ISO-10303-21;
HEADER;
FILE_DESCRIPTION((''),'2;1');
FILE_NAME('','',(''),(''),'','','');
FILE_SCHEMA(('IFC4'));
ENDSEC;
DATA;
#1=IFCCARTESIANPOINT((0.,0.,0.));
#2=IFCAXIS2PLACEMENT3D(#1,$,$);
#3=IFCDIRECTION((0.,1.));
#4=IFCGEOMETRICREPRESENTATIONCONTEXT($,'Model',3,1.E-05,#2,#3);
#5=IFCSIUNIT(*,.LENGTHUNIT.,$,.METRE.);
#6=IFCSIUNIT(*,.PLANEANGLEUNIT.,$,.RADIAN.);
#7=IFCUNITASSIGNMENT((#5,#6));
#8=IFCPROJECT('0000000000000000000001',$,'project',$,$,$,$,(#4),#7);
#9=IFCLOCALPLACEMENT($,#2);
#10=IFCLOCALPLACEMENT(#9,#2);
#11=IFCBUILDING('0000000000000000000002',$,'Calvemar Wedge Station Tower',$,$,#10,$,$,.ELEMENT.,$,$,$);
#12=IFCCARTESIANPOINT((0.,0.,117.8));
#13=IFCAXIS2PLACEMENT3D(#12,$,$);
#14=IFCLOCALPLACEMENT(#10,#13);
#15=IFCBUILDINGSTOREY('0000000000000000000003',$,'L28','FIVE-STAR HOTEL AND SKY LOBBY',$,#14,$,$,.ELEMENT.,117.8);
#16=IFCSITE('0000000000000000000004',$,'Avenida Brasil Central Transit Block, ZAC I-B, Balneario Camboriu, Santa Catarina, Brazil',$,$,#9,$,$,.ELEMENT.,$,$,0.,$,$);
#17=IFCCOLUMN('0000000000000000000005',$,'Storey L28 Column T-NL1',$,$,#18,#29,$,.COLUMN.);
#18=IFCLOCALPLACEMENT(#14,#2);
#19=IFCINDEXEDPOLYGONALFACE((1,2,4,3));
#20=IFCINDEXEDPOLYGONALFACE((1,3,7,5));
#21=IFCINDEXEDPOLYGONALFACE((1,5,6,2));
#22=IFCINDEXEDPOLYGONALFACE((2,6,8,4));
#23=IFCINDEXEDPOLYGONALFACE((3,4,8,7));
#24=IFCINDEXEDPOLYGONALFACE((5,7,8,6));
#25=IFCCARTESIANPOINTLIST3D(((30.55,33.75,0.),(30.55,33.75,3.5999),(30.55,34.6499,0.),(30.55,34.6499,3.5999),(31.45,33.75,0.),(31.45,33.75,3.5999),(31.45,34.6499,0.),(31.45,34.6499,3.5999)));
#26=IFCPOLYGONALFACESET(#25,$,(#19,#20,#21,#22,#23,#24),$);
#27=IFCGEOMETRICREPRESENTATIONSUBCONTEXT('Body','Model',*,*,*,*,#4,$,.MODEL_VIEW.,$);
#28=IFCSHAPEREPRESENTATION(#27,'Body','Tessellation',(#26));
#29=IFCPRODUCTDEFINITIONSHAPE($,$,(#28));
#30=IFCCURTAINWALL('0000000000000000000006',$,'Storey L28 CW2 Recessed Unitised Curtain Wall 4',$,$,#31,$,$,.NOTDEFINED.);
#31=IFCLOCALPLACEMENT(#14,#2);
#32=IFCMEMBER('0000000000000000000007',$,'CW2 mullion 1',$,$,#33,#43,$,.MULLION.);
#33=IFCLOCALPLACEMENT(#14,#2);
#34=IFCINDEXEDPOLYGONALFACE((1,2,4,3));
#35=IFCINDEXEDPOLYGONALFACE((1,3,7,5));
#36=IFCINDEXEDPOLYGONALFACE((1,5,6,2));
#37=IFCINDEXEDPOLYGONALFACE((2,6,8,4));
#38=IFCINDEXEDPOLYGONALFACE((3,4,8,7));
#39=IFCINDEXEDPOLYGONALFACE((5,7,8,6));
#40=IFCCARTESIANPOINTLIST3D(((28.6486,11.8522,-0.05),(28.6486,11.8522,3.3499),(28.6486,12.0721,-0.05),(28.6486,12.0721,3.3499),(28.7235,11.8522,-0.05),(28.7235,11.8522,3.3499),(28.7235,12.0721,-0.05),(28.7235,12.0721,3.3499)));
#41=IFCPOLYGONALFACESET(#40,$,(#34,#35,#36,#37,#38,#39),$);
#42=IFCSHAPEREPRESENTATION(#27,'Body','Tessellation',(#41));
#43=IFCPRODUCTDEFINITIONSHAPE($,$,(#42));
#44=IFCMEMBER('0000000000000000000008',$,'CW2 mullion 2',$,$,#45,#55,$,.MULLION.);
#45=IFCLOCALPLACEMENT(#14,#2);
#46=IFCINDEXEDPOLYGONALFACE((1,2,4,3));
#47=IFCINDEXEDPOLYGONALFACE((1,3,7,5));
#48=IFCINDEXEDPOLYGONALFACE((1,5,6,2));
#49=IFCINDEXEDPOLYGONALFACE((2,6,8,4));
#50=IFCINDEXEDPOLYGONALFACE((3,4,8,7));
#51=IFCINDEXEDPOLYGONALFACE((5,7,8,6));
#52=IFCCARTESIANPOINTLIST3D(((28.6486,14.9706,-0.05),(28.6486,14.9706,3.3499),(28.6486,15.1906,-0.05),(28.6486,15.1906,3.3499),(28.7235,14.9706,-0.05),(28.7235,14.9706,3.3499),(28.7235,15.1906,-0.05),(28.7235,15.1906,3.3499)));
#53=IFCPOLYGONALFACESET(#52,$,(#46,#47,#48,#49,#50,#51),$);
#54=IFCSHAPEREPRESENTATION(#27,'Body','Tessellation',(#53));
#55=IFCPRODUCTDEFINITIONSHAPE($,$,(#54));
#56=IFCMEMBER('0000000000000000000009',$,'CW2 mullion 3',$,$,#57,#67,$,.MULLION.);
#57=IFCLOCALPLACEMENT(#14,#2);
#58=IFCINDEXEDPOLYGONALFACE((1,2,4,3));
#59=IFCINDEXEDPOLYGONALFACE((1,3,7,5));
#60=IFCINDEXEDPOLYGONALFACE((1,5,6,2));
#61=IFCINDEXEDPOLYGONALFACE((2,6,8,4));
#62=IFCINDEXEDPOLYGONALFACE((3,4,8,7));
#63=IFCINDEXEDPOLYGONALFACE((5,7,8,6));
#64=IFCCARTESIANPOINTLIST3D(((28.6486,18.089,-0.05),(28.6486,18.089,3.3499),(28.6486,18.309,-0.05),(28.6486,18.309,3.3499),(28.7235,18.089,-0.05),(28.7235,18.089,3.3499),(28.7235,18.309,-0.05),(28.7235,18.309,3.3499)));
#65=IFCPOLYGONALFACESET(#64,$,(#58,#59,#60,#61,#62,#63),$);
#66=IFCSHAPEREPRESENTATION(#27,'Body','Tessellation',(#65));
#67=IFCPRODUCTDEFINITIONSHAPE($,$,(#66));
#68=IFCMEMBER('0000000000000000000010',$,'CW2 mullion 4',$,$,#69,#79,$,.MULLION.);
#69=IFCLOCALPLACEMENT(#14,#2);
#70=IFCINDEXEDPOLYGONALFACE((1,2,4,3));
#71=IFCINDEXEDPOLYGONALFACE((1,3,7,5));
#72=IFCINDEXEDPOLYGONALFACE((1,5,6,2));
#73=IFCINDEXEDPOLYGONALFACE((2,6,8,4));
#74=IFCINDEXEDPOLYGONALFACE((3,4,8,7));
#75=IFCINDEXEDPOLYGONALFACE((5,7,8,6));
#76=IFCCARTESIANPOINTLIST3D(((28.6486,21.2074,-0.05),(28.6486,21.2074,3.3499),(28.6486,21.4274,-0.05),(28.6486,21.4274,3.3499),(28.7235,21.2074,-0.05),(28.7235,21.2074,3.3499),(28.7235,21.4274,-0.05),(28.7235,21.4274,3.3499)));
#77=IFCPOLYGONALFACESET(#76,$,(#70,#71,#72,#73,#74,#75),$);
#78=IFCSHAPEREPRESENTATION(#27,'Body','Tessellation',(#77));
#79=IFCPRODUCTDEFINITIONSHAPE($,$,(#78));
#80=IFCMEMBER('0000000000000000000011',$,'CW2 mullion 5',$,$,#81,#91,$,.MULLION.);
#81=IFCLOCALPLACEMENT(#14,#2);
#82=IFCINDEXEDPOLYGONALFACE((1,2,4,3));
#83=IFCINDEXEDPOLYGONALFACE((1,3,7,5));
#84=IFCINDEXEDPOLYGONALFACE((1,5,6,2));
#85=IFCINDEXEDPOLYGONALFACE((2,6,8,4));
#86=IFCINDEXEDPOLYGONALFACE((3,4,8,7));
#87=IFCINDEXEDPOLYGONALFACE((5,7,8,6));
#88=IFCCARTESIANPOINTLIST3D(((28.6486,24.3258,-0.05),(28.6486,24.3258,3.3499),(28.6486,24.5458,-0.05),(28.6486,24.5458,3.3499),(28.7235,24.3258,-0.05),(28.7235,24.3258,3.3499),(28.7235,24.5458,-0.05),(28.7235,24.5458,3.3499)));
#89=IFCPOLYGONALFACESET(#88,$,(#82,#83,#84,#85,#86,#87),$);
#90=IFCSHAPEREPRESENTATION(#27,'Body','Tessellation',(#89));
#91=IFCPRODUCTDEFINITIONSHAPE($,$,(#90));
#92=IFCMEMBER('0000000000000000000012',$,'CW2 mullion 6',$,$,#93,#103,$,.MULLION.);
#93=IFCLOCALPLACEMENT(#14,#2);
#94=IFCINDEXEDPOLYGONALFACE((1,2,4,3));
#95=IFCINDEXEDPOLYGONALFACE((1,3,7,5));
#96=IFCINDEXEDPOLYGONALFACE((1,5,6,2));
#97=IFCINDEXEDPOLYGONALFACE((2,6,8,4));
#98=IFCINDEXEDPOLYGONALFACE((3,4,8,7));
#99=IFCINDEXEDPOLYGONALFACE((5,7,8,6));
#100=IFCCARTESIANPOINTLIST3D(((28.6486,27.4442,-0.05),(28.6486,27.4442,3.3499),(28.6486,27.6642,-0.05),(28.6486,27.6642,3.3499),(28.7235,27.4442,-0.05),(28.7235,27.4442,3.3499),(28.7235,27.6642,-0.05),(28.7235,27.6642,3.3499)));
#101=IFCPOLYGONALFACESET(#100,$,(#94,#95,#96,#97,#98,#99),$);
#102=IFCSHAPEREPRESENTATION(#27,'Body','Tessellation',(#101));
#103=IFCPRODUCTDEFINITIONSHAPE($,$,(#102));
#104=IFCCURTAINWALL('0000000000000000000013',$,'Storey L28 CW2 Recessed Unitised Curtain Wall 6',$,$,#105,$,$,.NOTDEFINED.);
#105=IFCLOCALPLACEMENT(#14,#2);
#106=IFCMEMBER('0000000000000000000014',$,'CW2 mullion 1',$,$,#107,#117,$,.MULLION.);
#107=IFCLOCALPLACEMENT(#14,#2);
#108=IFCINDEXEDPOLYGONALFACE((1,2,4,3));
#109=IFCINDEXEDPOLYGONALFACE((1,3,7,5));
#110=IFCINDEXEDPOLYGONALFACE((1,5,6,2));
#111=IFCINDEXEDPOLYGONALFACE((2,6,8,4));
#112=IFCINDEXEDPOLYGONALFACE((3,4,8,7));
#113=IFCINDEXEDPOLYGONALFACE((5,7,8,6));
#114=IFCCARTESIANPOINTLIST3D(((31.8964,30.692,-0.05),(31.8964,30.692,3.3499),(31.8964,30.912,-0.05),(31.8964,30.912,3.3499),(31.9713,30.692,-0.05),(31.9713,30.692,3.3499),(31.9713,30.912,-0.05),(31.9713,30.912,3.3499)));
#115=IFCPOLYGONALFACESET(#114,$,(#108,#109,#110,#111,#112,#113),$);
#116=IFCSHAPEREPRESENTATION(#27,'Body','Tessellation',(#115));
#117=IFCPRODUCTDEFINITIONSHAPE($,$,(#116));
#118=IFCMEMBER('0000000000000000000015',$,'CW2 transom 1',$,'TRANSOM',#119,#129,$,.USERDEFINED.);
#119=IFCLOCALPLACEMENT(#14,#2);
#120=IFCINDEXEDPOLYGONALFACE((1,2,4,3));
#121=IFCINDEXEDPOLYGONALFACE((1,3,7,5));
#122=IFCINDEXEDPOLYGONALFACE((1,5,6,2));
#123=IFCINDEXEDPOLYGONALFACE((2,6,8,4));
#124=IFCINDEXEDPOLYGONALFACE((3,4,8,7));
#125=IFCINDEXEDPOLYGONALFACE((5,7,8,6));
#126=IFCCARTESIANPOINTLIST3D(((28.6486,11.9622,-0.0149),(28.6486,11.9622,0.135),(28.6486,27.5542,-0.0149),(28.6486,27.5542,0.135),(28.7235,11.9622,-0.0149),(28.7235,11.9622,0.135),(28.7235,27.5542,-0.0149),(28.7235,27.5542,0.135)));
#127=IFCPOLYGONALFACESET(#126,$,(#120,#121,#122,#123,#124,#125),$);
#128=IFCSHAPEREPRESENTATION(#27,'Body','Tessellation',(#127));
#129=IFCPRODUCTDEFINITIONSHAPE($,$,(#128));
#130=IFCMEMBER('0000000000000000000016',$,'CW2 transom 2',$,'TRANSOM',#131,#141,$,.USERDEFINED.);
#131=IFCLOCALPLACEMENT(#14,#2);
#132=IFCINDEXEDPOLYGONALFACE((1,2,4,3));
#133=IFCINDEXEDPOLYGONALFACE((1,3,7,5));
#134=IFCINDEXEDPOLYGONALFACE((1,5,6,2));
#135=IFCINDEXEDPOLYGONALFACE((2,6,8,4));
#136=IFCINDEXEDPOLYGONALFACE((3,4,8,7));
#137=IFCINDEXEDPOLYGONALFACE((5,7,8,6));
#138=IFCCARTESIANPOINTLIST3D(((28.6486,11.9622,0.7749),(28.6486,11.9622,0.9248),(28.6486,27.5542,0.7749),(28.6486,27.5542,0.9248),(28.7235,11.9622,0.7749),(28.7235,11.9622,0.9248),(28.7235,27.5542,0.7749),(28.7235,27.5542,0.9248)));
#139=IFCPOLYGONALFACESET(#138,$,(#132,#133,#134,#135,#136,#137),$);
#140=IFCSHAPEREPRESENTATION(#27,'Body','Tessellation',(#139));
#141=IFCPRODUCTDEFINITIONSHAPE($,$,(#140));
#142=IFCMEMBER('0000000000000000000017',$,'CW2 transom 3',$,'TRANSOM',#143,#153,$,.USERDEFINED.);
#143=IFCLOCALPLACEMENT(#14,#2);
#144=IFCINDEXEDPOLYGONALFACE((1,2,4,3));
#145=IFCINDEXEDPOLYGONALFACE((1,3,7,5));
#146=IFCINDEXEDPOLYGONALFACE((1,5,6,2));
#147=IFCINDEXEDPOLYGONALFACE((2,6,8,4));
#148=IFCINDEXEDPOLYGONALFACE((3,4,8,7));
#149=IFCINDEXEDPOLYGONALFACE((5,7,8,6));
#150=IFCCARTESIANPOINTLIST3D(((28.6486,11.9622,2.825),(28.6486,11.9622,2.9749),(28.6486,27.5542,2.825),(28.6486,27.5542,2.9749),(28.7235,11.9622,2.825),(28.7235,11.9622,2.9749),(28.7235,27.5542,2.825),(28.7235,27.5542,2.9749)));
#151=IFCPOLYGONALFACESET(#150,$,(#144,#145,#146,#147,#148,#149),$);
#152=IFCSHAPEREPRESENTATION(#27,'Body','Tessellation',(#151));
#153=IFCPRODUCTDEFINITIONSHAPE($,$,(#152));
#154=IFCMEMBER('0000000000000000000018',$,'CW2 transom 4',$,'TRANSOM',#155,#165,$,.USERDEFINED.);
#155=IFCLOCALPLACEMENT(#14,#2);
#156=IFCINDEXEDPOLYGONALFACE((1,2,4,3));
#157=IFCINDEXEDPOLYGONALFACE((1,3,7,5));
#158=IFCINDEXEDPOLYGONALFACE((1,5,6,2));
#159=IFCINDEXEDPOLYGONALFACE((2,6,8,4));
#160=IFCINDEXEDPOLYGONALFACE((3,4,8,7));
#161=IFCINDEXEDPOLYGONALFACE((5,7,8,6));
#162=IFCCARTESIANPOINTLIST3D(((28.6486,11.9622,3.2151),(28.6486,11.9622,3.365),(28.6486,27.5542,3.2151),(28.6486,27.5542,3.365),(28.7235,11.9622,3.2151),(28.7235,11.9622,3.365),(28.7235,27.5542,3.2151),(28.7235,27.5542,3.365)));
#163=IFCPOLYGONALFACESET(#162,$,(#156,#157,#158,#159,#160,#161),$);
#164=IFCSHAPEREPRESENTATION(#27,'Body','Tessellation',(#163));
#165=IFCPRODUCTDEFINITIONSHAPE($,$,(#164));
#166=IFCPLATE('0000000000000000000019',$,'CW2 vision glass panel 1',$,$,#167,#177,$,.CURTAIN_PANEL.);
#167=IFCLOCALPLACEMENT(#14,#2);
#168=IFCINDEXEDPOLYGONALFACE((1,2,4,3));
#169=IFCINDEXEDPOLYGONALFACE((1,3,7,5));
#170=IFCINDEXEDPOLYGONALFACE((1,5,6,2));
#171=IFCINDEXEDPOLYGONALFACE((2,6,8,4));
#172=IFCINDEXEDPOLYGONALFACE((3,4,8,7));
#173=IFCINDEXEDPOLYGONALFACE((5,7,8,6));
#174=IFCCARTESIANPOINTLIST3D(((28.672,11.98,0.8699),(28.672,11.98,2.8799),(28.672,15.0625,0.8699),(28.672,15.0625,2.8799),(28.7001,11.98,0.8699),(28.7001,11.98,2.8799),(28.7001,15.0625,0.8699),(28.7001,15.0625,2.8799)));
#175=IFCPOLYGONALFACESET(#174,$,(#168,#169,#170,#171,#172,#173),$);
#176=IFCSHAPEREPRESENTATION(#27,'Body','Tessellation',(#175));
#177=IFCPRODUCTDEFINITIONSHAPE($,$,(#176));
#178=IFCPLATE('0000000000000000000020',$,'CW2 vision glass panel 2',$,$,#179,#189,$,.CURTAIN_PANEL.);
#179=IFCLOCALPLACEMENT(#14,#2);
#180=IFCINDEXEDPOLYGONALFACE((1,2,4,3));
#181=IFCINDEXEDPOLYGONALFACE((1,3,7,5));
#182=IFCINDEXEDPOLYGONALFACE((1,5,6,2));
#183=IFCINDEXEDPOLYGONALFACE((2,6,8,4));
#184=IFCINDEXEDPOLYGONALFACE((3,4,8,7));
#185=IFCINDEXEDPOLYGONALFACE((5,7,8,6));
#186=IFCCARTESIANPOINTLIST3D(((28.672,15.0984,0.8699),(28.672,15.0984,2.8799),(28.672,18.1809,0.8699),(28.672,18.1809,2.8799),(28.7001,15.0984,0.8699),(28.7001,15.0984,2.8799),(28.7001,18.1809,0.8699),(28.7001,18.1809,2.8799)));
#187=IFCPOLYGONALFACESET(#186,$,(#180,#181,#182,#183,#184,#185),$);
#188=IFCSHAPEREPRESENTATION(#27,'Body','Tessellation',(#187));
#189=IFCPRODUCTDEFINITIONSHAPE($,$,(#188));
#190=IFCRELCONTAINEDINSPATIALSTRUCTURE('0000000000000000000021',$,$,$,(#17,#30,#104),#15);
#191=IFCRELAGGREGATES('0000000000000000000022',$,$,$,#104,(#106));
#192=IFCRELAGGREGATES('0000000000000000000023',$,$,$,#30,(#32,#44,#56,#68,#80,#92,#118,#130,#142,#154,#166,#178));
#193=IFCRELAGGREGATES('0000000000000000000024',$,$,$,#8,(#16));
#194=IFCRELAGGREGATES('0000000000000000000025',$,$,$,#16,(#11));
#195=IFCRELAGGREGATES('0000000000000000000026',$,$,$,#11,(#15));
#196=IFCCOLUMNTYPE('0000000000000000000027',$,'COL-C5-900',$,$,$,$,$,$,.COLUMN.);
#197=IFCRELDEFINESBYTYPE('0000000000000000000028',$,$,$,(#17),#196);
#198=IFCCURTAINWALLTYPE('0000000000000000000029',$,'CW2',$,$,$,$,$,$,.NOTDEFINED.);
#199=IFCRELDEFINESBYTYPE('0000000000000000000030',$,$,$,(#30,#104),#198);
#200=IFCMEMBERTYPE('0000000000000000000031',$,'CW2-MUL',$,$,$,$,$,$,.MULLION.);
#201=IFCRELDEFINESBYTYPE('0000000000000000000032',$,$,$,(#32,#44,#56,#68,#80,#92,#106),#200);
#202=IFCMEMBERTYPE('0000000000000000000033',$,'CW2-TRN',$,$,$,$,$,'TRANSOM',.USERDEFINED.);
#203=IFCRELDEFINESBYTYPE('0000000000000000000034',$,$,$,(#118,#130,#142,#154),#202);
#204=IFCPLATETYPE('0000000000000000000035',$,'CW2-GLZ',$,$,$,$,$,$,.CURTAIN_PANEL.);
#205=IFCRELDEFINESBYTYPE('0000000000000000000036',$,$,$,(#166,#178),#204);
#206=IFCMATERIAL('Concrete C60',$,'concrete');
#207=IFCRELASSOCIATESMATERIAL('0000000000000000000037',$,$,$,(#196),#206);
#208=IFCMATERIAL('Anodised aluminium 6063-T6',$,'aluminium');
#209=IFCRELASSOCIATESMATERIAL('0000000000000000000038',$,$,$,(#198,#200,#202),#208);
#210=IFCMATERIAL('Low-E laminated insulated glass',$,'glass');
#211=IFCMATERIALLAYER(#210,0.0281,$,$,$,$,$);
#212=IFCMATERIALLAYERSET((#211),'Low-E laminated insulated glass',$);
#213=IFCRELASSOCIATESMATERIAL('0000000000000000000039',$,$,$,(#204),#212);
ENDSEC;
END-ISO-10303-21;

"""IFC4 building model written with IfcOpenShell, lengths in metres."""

from ifc_helpers import new_model, si_unit, direction, frame, frame_2d, origin, origin_2d, place, context, subcontext, project, spatial, rectangle, extrude, source, transform, mapped, material, layer, layer_set, material_profile, profile_set, type_object, element, aggregate, save


model = new_model("IFC4")

# Units and contexts
model_context = context("Model", 3, precision=1e-05, world=origin(), true_north=direction((0.0, 1.0)))
body_context = subcontext(model_context, "Body", "Model", "MODEL_VIEW")
ifc_project = project(units=[si_unit("LENGTHUNIT", "METRE"), si_unit("PLANEANGLEUNIT", "RADIAN")], contexts=[model_context])

# Site, building, storey
site_placement = place(None, origin())
site = spatial("IfcSite", under=ifc_project, at=site_placement, Name="Avenida Brasil Central Transit Block, ZAC I-B, Balneario Camboriu, Santa Catarina, Brazil", CompositionType="ELEMENT", RefElevation=0.0)
building_placement = place(site_placement, origin())
building = spatial("IfcBuilding", under=site, at=building_placement, Name="Calvemar Wedge Station Tower", CompositionType="ELEMENT")
storey_placement = place(building_placement, frame((0.0, 0.0, 117.8)))
storey = spatial("IfcBuildingStorey", under=building, at=storey_placement, Name="L28", Description="FIVE-STAR HOTEL AND SKY LOBBY", CompositionType="ELEMENT", Elevation=117.8)

# Column
ifc_material_1 = material(Name="Concrete C60", Category="concrete")
ifc_material_profile_1 = material_profile(ifc_material_1, rectangle(XDim=0.8999, YDim=0.8999, at=origin_2d()), Name="RC900x900")
ifc_profile_set_1 = profile_set([ifc_material_profile_1], Name="Concrete C60")
column_type = type_object("IfcColumnType", Name="COL-C5-900", PredefinedType="COLUMN", material=ifc_profile_set_1)
shared_shape_1 = source(origin(), body_context, "Body", "SweptSolid", [
    extrude(rectangle(XDim=0.8999, YDim=0.8999, at=origin_2d()), origin(), (0.0, 0.0, 1.0), 3.5999),
])
column_placement = place(storey_placement, frame((31.0, 34.2, 0.0), z_axis=(0.0, 0.0, 1.0), x_axis=(1.0, 0.0, 0.0)))
element("IfcColumn", 1, at=column_placement, inside=storey, type_object=column_type, Name="Storey L28 Column T-NL1", PredefinedType="COLUMN", context=body_context, shape_type="MappedRepresentation", body=[
    mapped(shared_shape_1, transform((0.0, 0.0, 0.0), scale=1.0)),
])

# Curtain wall, members
ifc_material_2 = material(Name="Anodised aluminium 6063-T6", Category="aluminium")
curtain_wall_type = type_object("IfcCurtainWallType", Name="CW2", PredefinedType="NOTDEFINED", material=ifc_material_2)
curtain_wall_1_placement = place(storey_placement, origin())
curtain_wall_1 = element("IfcCurtainWall", 2, at=curtain_wall_1_placement, inside=storey, type_object=curtain_wall_type, Name="Storey L28 CW2 Recessed Unitised Curtain Wall 4", PredefinedType="NOTDEFINED")
ifc_material_profile_2 = material_profile(ifc_material_2, rectangle(XDim=0.075, YDim=0.22, at=origin_2d()), Name="AL-MUL-75x220")
ifc_profile_set_2 = profile_set([ifc_material_profile_2], Name="Anodised aluminium 6063-T6")
member_type_1 = type_object("IfcMemberType", Name="CW2-MUL", PredefinedType="MULLION", material=ifc_profile_set_2)
shared_shape_2 = source(origin(), body_context, "Body", "SweptSolid", [
    extrude(rectangle(XDim=0.075, YDim=0.22, at=origin_2d()), origin(), (0.0, 0.0, 1.0), 3.3999),
])
member_1_placement = place(storey_placement, frame((28.686, 11.9622, -0.05), z_axis=(0.0, 0.0, 1.0), x_axis=(1.0, 0.0, 0.0)))
member_1 = element("IfcMember", 3, at=member_1_placement, type_object=member_type_1, Name="CW2 mullion 1", PredefinedType="MULLION", context=body_context, shape_type="MappedRepresentation", body=[
    mapped(shared_shape_2, transform((0.0, 0.0, 0.0), scale=1.0)),
])
member_2_placement = place(storey_placement, frame((28.686, 15.0806, -0.05), z_axis=(0.0, 0.0, 1.0), x_axis=(1.0, 0.0, 0.0)))
member_2 = element("IfcMember", 4, at=member_2_placement, type_object=member_type_1, Name="CW2 mullion 2", PredefinedType="MULLION", context=body_context, shape_type="MappedRepresentation", body=[
    mapped(shared_shape_2, transform((0.0, 0.0, 0.0), scale=1.0)),
])
member_3_placement = place(storey_placement, frame((28.686, 18.199, -0.05), z_axis=(0.0, 0.0, 1.0), x_axis=(1.0, 0.0, 0.0)))
member_3 = element("IfcMember", 5, at=member_3_placement, type_object=member_type_1, Name="CW2 mullion 3", PredefinedType="MULLION", context=body_context, shape_type="MappedRepresentation", body=[
    mapped(shared_shape_2, transform((0.0, 0.0, 0.0), scale=1.0)),
])
member_4_placement = place(storey_placement, frame((28.686, 21.3174, -0.05), z_axis=(0.0, 0.0, 1.0), x_axis=(1.0, 0.0, 0.0)))
member_4 = element("IfcMember", 6, at=member_4_placement, type_object=member_type_1, Name="CW2 mullion 4", PredefinedType="MULLION", context=body_context, shape_type="MappedRepresentation", body=[
    mapped(shared_shape_2, transform((0.0, 0.0, 0.0), scale=1.0)),
])
member_5_placement = place(storey_placement, frame((28.686, 24.4358, -0.05), z_axis=(0.0, 0.0, 1.0), x_axis=(1.0, 0.0, 0.0)))
member_5 = element("IfcMember", 7, at=member_5_placement, type_object=member_type_1, Name="CW2 mullion 5", PredefinedType="MULLION", context=body_context, shape_type="MappedRepresentation", body=[
    mapped(shared_shape_2, transform((0.0, 0.0, 0.0), scale=1.0)),
])
member_6_placement = place(storey_placement, frame((28.686, 27.5542, -0.05), z_axis=(0.0, 0.0, 1.0), x_axis=(1.0, 0.0, 0.0)))
member_6 = element("IfcMember", 8, at=member_6_placement, type_object=member_type_1, Name="CW2 mullion 6", PredefinedType="MULLION", context=body_context, shape_type="MappedRepresentation", body=[
    mapped(shared_shape_2, transform((0.0, 0.0, 0.0), scale=1.0)),
])

# Curtain wall, member
curtain_wall_2_placement = place(storey_placement, origin())
curtain_wall_2 = element("IfcCurtainWall", 9, at=curtain_wall_2_placement, inside=storey, type_object=curtain_wall_type, Name="Storey L28 CW2 Recessed Unitised Curtain Wall 6", PredefinedType="NOTDEFINED")
member_7_placement = place(storey_placement, frame((31.9338, 30.802, -0.05), z_axis=(0.0, 0.0, 1.0), x_axis=(1.0, 0.0, 0.0)))
member_7 = element("IfcMember", 10, at=member_7_placement, type_object=member_type_1, Name="CW2 mullion 1", PredefinedType="MULLION", context=body_context, shape_type="MappedRepresentation", body=[
    mapped(shared_shape_2, transform((0.0, 0.0, 0.0), scale=1.0)),
])
aggregate(curtain_wall_2, [member_7])

# Members
ifc_material_profile_3 = material_profile(ifc_material_2, rectangle(XDim=0.075, YDim=0.1499, at=origin_2d()), Name="AL-TRN-75x150")
ifc_profile_set_3 = profile_set([ifc_material_profile_3], Name="Anodised aluminium 6063-T6")
member_type_2 = type_object("IfcMemberType", Name="CW2-TRN", ElementType="TRANSOM", PredefinedType="USERDEFINED", material=ifc_profile_set_3)
shared_shape_3 = source(origin(), body_context, "Body", "SweptSolid", [
    extrude(rectangle(XDim=0.075, YDim=0.1499, at=origin_2d()), origin(), (0.0, 0.0, 1.0), 15.592),
])
member_8_placement = place(storey_placement, frame((28.686, 11.9622, 0.0601), z_axis=(0.0, 1.0, 0.0), x_axis=(-1.0, 0.0, 0.0)))
member_8 = element("IfcMember", 11, at=member_8_placement, type_object=member_type_2, Name="CW2 transom 1", ObjectType="TRANSOM", PredefinedType="USERDEFINED", context=body_context, shape_type="MappedRepresentation", body=[
    mapped(shared_shape_3, transform((0.0, 0.0, 0.0), scale=1.0)),
])
member_9_placement = place(storey_placement, frame((28.686, 11.9622, 0.8499), z_axis=(0.0, 1.0, 0.0), x_axis=(-1.0, 0.0, 0.0)))
member_9 = element("IfcMember", 12, at=member_9_placement, type_object=member_type_2, Name="CW2 transom 2", ObjectType="TRANSOM", PredefinedType="USERDEFINED", context=body_context, shape_type="MappedRepresentation", body=[
    mapped(shared_shape_3, transform((0.0, 0.0, 0.0), scale=1.0)),
])
member_10_placement = place(storey_placement, frame((28.686, 11.9622, 2.8999), z_axis=(0.0, 1.0, 0.0), x_axis=(-1.0, 0.0, 0.0)))
member_10 = element("IfcMember", 13, at=member_10_placement, type_object=member_type_2, Name="CW2 transom 3", ObjectType="TRANSOM", PredefinedType="USERDEFINED", context=body_context, shape_type="MappedRepresentation", body=[
    mapped(shared_shape_3, transform((0.0, 0.0, 0.0), scale=1.0)),
])
member_11_placement = place(storey_placement, frame((28.686, 11.9622, 3.29), z_axis=(0.0, 1.0, 0.0), x_axis=(-1.0, 0.0, 0.0)))
member_11 = element("IfcMember", 14, at=member_11_placement, type_object=member_type_2, Name="CW2 transom 4", ObjectType="TRANSOM", PredefinedType="USERDEFINED", context=body_context, shape_type="MappedRepresentation", body=[
    mapped(shared_shape_3, transform((0.0, 0.0, 0.0), scale=1.0)),
])

# Plates
ifc_material_3 = material(Name="Low-E laminated insulated glass", Category="glass")
ifc_layer_1 = layer(ifc_material_3, 0.0281)
ifc_layer_set_1 = layer_set([ifc_layer_1], Name="Low-E laminated insulated glass")
plate_type_1 = type_object("IfcPlateType", Name="CW2-GLZ", PredefinedType="CURTAIN_PANEL", material=ifc_layer_set_1)
plate_1_placement = place(storey_placement, frame((28.686, 11.98, 0.8699), z_axis=(0.0, 0.0, 1.0), x_axis=(0.0, 1.0, 0.0)))
plate_1 = element("IfcPlate", 15, at=plate_1_placement, type_object=plate_type_1, Name="CW2 vision glass panel 1", PredefinedType="CURTAIN_PANEL", context=body_context, shape_type="SweptSolid", body=[
    extrude(rectangle(XDim=3.0825, YDim=0.0281, at=frame_2d((1.5413, 0.0))), origin(), (0.0, 0.0, 1.0), 2.01),
])
plate_2_placement = place(storey_placement, frame((28.686, 15.0984, 0.8699), z_axis=(0.0, 0.0, 1.0), x_axis=(0.0, 1.0, 0.0)))
plate_2 = element("IfcPlate", 16, at=plate_2_placement, type_object=plate_type_1, Name="CW2 vision glass panel 2", PredefinedType="CURTAIN_PANEL", context=body_context, shape_type="SweptSolid", body=[
    extrude(rectangle(XDim=3.0825, YDim=0.0281, at=frame_2d((1.5413, 0.0))), origin(), (0.0, 0.0, 1.0), 2.01),
])
aggregate(curtain_wall_1, [member_1, member_2, member_3, member_4, member_5, member_6, member_8, member_9, member_10, member_11, plate_1, plate_2])

save(model, "model.ifc")
